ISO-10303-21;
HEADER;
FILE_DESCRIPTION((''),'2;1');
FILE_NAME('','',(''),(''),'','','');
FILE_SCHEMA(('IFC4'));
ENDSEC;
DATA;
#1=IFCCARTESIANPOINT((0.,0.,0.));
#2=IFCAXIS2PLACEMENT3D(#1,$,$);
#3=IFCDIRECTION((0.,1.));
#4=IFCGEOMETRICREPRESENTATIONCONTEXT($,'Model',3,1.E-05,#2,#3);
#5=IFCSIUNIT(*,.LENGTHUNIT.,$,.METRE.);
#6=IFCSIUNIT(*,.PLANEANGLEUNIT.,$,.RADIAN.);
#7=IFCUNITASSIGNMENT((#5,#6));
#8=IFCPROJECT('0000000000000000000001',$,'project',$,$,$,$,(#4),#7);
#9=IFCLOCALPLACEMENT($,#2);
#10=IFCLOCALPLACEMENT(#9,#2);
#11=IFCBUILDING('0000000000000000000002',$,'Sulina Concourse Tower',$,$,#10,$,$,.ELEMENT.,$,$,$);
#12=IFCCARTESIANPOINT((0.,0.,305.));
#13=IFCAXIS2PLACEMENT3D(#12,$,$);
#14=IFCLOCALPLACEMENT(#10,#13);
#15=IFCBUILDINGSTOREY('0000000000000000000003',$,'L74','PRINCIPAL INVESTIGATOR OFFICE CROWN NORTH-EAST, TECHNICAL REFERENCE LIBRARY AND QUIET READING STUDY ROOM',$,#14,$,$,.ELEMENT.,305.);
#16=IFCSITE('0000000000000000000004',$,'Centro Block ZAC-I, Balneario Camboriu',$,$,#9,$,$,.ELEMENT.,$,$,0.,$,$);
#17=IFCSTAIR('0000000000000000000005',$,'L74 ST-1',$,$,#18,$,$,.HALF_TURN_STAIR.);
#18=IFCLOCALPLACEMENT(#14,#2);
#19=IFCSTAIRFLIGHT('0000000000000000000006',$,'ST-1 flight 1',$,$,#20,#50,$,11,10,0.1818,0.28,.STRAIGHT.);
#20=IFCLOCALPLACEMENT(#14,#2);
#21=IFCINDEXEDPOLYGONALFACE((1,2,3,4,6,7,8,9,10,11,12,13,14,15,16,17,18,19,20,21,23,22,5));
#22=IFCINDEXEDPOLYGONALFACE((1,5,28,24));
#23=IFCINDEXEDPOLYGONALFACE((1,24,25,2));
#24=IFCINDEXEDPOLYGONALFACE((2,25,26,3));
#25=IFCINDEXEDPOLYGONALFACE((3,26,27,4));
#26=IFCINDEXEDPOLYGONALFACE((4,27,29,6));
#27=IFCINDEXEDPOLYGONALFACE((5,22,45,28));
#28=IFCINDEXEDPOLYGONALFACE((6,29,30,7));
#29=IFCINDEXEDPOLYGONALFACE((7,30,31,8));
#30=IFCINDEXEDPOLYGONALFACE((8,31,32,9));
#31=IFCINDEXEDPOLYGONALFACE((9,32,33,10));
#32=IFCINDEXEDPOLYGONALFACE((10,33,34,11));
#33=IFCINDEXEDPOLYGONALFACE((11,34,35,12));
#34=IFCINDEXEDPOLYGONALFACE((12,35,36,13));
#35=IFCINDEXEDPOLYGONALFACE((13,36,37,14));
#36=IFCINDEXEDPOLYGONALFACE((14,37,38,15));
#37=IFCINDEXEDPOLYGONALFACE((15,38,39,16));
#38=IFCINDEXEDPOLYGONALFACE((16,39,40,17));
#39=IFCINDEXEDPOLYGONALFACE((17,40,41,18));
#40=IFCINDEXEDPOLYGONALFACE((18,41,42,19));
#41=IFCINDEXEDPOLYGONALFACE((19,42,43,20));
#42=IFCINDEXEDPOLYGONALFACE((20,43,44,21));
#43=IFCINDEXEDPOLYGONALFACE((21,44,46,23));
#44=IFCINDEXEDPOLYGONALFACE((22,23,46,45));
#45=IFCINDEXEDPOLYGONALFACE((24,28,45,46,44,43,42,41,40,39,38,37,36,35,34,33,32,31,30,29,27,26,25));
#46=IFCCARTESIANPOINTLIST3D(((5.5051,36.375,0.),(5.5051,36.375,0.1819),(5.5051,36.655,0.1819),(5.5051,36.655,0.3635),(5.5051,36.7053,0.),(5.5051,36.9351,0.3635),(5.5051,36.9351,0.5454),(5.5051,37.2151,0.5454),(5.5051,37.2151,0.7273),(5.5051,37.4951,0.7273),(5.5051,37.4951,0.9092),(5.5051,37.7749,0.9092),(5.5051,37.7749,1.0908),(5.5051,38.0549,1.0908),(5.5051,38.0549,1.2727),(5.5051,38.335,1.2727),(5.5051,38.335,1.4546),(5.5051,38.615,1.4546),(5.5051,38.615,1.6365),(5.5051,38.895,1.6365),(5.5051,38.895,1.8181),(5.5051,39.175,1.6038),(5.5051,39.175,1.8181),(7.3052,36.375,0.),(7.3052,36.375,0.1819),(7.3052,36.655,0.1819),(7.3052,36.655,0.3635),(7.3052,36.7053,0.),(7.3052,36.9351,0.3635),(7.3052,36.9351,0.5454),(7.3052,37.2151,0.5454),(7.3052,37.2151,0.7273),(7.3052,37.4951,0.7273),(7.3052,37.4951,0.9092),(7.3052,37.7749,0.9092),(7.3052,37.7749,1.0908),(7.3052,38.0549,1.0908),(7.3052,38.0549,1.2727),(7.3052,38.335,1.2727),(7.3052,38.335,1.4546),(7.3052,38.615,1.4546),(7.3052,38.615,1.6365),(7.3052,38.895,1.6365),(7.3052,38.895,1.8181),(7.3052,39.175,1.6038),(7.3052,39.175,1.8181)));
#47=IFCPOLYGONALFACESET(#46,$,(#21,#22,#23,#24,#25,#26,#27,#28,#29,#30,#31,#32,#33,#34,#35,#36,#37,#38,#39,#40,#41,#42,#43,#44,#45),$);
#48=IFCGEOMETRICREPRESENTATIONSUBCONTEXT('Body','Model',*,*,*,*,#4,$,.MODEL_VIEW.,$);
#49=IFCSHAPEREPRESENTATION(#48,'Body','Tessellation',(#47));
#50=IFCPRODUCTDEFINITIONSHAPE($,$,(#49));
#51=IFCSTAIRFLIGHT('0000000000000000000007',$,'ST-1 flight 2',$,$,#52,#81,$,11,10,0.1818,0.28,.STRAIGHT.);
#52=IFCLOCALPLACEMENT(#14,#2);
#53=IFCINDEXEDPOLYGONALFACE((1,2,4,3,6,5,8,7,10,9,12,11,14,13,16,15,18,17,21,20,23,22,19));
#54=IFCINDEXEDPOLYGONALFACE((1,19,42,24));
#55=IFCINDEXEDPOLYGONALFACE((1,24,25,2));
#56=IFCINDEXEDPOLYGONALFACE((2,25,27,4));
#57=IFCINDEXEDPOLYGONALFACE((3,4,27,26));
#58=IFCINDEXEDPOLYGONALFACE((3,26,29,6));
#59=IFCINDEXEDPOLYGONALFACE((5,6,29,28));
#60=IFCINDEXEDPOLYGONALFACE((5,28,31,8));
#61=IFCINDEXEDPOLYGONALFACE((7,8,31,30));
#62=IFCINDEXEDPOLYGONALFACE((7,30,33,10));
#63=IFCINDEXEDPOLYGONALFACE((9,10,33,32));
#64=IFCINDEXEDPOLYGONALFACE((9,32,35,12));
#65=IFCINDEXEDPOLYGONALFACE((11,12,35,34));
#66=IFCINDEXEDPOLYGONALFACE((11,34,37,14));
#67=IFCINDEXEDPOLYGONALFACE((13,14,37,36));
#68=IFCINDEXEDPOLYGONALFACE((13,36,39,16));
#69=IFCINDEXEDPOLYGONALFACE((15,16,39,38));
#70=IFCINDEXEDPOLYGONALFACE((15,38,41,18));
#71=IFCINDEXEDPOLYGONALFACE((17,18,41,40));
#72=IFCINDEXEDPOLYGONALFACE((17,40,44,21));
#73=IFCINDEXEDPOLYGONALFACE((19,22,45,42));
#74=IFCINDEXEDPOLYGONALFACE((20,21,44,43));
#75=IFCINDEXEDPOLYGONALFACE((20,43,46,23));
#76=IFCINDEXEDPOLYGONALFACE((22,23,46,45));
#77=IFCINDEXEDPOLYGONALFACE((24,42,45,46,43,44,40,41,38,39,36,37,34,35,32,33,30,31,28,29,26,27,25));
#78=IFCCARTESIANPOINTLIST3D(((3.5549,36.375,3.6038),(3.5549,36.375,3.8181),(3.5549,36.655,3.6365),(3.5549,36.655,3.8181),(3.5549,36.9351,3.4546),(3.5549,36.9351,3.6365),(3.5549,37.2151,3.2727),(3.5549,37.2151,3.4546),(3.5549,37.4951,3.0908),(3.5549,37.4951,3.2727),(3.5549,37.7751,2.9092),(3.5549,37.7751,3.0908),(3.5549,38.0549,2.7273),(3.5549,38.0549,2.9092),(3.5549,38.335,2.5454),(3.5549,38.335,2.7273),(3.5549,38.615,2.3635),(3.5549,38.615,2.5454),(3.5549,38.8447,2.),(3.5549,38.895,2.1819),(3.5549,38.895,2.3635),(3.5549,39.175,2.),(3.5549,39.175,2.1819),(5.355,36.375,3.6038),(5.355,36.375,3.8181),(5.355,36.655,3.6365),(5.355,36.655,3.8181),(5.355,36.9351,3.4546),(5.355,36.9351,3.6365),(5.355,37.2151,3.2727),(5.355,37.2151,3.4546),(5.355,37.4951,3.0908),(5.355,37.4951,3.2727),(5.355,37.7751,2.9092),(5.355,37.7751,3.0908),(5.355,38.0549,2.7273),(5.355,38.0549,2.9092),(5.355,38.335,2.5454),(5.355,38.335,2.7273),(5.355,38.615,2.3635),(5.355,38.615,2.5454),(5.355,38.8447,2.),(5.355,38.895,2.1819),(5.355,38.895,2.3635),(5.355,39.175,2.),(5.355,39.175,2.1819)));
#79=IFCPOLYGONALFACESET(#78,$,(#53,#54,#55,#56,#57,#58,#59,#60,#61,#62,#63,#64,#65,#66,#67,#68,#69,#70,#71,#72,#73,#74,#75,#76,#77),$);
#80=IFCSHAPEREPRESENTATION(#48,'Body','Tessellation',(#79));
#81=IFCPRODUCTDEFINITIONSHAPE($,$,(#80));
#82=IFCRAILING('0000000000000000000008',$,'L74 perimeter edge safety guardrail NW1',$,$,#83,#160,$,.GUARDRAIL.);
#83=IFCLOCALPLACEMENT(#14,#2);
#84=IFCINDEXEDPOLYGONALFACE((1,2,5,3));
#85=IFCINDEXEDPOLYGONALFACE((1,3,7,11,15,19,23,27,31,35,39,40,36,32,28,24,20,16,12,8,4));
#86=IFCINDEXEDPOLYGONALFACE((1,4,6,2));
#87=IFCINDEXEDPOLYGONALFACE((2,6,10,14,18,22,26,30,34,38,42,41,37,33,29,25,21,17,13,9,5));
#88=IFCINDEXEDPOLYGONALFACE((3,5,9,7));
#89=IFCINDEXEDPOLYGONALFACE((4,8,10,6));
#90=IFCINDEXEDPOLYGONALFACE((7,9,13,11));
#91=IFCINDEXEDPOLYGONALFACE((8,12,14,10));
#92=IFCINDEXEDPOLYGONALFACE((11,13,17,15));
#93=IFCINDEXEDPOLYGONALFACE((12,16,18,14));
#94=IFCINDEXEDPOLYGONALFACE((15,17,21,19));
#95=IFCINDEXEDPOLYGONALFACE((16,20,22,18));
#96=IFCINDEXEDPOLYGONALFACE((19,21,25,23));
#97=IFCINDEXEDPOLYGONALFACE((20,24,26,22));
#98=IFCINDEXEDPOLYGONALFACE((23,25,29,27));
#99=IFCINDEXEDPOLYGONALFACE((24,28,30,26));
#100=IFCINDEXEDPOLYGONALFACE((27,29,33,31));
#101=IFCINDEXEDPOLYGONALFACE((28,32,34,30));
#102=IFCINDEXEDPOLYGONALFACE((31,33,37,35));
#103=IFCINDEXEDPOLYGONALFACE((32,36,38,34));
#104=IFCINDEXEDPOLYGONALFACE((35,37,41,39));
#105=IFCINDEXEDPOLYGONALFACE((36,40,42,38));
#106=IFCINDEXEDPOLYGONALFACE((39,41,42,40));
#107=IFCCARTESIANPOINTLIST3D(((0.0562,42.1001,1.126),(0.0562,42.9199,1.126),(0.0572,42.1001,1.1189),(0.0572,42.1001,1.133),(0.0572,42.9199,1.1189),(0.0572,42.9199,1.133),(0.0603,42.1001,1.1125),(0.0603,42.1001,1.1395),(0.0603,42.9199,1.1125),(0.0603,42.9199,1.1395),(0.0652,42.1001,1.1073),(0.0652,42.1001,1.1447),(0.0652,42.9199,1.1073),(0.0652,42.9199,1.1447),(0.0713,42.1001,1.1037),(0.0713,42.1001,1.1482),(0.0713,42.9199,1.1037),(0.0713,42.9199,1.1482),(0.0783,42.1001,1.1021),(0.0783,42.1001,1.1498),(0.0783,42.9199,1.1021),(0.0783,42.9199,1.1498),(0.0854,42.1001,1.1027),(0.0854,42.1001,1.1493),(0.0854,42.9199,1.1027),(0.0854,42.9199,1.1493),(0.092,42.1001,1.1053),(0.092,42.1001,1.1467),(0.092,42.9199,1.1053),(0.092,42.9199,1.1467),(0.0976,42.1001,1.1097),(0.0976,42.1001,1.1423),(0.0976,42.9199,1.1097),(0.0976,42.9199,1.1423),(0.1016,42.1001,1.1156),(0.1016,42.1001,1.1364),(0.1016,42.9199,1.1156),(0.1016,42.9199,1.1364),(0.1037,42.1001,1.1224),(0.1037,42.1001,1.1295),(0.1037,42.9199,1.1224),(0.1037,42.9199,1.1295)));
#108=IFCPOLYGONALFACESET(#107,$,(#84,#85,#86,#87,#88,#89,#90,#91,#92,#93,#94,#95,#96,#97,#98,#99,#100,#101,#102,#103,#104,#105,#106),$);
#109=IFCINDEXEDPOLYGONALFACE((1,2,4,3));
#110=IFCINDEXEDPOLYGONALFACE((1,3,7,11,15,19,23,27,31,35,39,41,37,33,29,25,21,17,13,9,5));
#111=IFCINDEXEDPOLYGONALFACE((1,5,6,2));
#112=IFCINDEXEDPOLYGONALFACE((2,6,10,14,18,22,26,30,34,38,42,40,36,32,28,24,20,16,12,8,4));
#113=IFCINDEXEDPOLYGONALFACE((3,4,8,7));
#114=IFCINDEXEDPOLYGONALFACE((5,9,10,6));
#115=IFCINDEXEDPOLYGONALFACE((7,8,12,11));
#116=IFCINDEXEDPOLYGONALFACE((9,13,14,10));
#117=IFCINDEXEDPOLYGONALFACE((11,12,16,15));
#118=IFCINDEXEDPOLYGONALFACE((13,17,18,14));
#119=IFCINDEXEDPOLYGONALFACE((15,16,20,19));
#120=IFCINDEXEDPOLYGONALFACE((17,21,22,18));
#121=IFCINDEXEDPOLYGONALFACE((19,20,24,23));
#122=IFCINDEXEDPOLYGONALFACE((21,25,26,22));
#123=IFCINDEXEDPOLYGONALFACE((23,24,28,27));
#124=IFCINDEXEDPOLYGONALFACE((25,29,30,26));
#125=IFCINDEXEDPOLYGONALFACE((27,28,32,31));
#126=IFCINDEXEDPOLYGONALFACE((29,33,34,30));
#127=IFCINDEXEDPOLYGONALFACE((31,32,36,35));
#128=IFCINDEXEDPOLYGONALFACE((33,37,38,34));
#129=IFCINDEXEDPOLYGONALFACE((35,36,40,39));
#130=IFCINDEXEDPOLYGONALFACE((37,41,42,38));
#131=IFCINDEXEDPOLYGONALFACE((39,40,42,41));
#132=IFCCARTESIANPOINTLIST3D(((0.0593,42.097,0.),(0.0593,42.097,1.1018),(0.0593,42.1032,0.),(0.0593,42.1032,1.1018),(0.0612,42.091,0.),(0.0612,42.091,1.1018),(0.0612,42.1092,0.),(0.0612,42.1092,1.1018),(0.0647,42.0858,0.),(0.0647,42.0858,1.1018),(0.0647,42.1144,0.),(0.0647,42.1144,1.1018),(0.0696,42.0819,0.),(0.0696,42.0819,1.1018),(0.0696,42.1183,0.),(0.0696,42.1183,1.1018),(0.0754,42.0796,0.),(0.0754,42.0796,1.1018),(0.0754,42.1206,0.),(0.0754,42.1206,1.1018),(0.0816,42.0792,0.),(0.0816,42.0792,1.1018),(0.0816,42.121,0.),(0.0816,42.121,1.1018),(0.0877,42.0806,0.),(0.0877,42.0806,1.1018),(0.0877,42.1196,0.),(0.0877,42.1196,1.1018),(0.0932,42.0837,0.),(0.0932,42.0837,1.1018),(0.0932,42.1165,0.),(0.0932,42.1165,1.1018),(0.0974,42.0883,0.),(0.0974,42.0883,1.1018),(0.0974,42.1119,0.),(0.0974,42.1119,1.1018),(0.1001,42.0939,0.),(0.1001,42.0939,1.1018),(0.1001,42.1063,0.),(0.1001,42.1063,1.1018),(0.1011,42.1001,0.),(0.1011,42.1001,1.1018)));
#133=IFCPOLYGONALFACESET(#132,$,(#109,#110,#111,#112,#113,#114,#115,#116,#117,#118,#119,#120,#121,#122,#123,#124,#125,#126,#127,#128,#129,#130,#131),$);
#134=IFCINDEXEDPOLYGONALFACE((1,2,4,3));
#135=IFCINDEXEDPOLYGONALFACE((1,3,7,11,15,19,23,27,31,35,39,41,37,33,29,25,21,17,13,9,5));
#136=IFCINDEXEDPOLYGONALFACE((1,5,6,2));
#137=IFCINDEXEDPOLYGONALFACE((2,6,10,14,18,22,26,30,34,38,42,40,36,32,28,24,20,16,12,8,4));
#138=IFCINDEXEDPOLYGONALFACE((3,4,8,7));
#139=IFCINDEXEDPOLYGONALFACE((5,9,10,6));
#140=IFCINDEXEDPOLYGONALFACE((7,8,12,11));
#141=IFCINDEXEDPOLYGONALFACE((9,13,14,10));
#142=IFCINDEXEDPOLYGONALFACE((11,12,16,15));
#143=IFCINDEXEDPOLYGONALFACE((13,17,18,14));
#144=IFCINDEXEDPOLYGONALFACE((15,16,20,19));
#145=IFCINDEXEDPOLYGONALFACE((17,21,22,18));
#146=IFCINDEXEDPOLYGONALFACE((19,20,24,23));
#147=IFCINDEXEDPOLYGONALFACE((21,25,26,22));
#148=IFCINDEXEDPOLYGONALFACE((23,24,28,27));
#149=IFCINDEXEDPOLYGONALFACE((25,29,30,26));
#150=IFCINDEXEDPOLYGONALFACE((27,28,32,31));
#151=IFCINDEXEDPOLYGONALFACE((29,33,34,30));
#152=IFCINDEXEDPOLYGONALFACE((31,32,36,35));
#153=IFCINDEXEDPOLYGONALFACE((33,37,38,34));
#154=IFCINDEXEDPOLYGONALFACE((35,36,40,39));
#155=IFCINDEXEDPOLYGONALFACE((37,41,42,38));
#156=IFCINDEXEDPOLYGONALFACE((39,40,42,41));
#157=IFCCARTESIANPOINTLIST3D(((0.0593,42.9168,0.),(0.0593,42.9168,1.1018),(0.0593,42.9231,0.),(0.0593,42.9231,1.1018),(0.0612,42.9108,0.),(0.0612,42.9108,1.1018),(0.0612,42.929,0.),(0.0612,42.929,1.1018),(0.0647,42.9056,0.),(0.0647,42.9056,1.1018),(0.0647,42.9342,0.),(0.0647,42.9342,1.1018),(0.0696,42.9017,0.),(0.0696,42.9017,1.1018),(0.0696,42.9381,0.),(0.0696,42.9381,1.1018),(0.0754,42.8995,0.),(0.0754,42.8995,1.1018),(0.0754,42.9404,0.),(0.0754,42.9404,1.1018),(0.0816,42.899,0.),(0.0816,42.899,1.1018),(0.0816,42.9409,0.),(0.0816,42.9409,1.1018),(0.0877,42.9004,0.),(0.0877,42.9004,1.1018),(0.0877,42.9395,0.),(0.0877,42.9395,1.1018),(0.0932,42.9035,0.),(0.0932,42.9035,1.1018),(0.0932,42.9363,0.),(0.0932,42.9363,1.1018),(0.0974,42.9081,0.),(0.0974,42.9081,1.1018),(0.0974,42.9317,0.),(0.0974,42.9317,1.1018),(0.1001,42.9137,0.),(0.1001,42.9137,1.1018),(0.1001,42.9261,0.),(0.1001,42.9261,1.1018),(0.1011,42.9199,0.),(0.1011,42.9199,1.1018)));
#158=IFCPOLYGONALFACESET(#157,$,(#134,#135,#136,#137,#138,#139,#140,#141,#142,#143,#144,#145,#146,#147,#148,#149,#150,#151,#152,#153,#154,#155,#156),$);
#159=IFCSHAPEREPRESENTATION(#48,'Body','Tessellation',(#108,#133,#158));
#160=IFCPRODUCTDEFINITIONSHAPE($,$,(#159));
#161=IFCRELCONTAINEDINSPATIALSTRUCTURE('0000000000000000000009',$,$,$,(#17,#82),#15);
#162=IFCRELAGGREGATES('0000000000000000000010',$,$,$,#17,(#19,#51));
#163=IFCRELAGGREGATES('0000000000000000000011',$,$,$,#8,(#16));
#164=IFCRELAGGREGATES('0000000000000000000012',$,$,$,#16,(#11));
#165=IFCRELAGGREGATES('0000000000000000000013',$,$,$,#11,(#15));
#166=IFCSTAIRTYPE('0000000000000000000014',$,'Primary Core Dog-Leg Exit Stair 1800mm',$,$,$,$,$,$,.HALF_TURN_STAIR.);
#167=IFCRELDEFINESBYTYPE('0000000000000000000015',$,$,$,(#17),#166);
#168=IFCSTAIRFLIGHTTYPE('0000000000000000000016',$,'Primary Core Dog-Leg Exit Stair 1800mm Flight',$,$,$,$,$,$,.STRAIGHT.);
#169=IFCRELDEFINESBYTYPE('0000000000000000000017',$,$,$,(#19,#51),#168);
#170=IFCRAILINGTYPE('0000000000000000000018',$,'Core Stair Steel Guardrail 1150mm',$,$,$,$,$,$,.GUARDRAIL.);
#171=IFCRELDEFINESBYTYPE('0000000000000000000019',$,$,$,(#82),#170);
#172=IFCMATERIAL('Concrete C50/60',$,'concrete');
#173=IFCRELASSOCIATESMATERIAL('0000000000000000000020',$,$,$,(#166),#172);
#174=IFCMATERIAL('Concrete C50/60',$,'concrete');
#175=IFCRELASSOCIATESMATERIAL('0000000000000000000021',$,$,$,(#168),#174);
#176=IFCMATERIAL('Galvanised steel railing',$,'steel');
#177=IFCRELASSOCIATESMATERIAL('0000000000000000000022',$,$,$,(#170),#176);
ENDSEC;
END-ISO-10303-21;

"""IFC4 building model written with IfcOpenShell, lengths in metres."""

from ifc_helpers import new_model, si_unit, direction, frame, origin, origin_2d, place, context, subcontext, project, spatial, polyline, circle, outline, extrude, material, type_object, element, aggregate, save


model = new_model("IFC4")

# Units and contexts
model_context = context("Model", 3, precision=1e-05, world=origin(), true_north=direction((0.0, 1.0)))
body_context = subcontext(model_context, "Body", "Model", "MODEL_VIEW")
ifc_project = project(units=[si_unit("LENGTHUNIT", "METRE"), si_unit("PLANEANGLEUNIT", "RADIAN")], contexts=[model_context])

# Site, building, storey
site_placement = place(None, origin())
site = spatial("IfcSite", under=ifc_project, at=site_placement, Name="Centro Block ZAC-I, Balneario Camboriu", CompositionType="ELEMENT", RefElevation=0.0)
building_placement = place(site_placement, origin())
building = spatial("IfcBuilding", under=site, at=building_placement, Name="Sulina Concourse Tower", CompositionType="ELEMENT")
storey_placement = place(building_placement, frame((0.0, 0.0, 305.0)))
storey = spatial("IfcBuildingStorey", under=building, at=storey_placement, Name="L74", Description="PRINCIPAL INVESTIGATOR OFFICE CROWN NORTH-EAST, TECHNICAL REFERENCE LIBRARY AND QUIET READING STUDY ROOM", CompositionType="ELEMENT", Elevation=305.0)

# Stair, stair flights
ifc_material_1 = material(Name="Concrete C50/60", Category="concrete")
stair_type = type_object("IfcStairType", Name="Primary Core Dog-Leg Exit Stair 1800mm", PredefinedType="HALF_TURN_STAIR", material=ifc_material_1)
stair_placement = place(storey_placement, origin())
stair = element("IfcStair", 1, at=stair_placement, inside=storey, type_object=stair_type, Name="L74 ST-1", PredefinedType="HALF_TURN_STAIR")
ifc_material_2 = material(Name="Concrete C50/60", Category="concrete")
stair_flight_type = type_object("IfcStairFlightType", Name="Primary Core Dog-Leg Exit Stair 1800mm Flight", PredefinedType="STRAIGHT", material=ifc_material_2)
stair_flight_1_placement = place(storey_placement, frame((6.405, 36.375, 0.0), z_axis=(0.0, 0.0, 1.0), x_axis=(0.0, 1.0, 0.0)))
stair_flight_1 = element("IfcStairFlight", 2, at=stair_flight_1_placement, type_object=stair_flight_type, Name="ST-1 flight 1", NumberOfRisers=11, NumberOfTreads=10, PredefinedType="STRAIGHT", RiserHeight=0.1818, TreadLength=0.28, context=body_context, shape_type="SweptSolid", body=[
    extrude(outline(polyline([(0.0, 0.0), (0.0, 0.1819), (0.28, 0.1819), (0.28, 0.3635), (0.5601, 0.3635), (0.5601, 0.5454), (0.8401, 0.5454), (0.8401, 0.7273), (1.1201, 0.7273), (1.1201, 0.9092), (1.3999, 0.9092), (1.3999, 1.0908), (1.6799, 1.0908), (1.6799, 1.2727), (1.96, 1.2727), (1.96, 1.4546), (2.24, 1.4546), (2.24, 1.6365), (2.52, 1.6365), (2.52, 1.8181), (2.8, 1.8181), (2.8, 2.0), (2.8, 1.6038), (0.3303, 0.0), (0.0, 0.0)])), frame((0.0, 0.8999, 0.0), z_axis=(0.0, -1.0, 0.0), x_axis=(1.0, 0.0, 0.0)), (0.0, 0.0, 1.0), 1.8),
])
stair_flight_2_placement = place(storey_placement, frame((4.4551, 39.175, 2.0), z_axis=(0.0, 0.0, 1.0), x_axis=(0.0, -1.0, 0.0)))
stair_flight_2 = element("IfcStairFlight", 3, at=stair_flight_2_placement, type_object=stair_flight_type, Name="ST-1 flight 2", NumberOfRisers=11, NumberOfTreads=10, PredefinedType="STRAIGHT", RiserHeight=0.1818, TreadLength=0.28, context=body_context, shape_type="SweptSolid", body=[
    extrude(outline(polyline([(0.0, 0.0), (0.0, 0.1819), (0.28, 0.1819), (0.28, 0.3635), (0.5601, 0.3635), (0.5601, 0.5454), (0.8401, 0.5454), (0.8401, 0.7273), (1.1201, 0.7273), (1.1201, 0.9092), (1.3999, 0.9092), (1.3999, 1.0908), (1.6799, 1.0908), (1.6799, 1.2727), (1.96, 1.2727), (1.96, 1.4546), (2.24, 1.4546), (2.24, 1.6365), (2.52, 1.6365), (2.52, 1.8181), (2.8, 1.8181), (2.8, 2.0), (2.8, 1.6038), (0.3303, 0.0), (0.0, 0.0)])), frame((0.0, 0.8999, 0.0), z_axis=(0.0, -1.0, 0.0), x_axis=(1.0, 0.0, 0.0)), (0.0, 0.0, 1.0), 1.8),
])
aggregate(stair, [stair_flight_1, stair_flight_2])

# Railing
ifc_material_3 = material(Name="Galvanised steel railing", Category="steel")
railing_type_1 = type_object("IfcRailingType", Name="Core Stair Steel Guardrail 1150mm", PredefinedType="GUARDRAIL", material=ifc_material_3)
railing_1_placement = place(storey_placement, frame((0.0801, 42.1001, 0.0)))
element("IfcRailing", 4, at=railing_1_placement, inside=storey, type_object=railing_type_1, Name="L74 perimeter edge safety guardrail NW1", PredefinedType="GUARDRAIL", context=body_context, shape_type="SweptSolid", body=[
    extrude(circle(Radius=0.0239, at=origin_2d()), frame((0.0, 0.0, 1.126), z_axis=(0.0, 1.0, 0.0), x_axis=(-1.0, 0.0, 0.0)), (0.0, 0.0, 1.0), 0.8198),
    extrude(circle(Radius=0.021, at=origin_2d()), origin(), (0.0, 0.0, 1.0), 1.1018),
    extrude(circle(Radius=0.021, at=origin_2d()), frame((0.0, 0.8198, 0.0)), (0.0, 0.0, 1.0), 1.1018),
])

save(model, "model.ifc")
